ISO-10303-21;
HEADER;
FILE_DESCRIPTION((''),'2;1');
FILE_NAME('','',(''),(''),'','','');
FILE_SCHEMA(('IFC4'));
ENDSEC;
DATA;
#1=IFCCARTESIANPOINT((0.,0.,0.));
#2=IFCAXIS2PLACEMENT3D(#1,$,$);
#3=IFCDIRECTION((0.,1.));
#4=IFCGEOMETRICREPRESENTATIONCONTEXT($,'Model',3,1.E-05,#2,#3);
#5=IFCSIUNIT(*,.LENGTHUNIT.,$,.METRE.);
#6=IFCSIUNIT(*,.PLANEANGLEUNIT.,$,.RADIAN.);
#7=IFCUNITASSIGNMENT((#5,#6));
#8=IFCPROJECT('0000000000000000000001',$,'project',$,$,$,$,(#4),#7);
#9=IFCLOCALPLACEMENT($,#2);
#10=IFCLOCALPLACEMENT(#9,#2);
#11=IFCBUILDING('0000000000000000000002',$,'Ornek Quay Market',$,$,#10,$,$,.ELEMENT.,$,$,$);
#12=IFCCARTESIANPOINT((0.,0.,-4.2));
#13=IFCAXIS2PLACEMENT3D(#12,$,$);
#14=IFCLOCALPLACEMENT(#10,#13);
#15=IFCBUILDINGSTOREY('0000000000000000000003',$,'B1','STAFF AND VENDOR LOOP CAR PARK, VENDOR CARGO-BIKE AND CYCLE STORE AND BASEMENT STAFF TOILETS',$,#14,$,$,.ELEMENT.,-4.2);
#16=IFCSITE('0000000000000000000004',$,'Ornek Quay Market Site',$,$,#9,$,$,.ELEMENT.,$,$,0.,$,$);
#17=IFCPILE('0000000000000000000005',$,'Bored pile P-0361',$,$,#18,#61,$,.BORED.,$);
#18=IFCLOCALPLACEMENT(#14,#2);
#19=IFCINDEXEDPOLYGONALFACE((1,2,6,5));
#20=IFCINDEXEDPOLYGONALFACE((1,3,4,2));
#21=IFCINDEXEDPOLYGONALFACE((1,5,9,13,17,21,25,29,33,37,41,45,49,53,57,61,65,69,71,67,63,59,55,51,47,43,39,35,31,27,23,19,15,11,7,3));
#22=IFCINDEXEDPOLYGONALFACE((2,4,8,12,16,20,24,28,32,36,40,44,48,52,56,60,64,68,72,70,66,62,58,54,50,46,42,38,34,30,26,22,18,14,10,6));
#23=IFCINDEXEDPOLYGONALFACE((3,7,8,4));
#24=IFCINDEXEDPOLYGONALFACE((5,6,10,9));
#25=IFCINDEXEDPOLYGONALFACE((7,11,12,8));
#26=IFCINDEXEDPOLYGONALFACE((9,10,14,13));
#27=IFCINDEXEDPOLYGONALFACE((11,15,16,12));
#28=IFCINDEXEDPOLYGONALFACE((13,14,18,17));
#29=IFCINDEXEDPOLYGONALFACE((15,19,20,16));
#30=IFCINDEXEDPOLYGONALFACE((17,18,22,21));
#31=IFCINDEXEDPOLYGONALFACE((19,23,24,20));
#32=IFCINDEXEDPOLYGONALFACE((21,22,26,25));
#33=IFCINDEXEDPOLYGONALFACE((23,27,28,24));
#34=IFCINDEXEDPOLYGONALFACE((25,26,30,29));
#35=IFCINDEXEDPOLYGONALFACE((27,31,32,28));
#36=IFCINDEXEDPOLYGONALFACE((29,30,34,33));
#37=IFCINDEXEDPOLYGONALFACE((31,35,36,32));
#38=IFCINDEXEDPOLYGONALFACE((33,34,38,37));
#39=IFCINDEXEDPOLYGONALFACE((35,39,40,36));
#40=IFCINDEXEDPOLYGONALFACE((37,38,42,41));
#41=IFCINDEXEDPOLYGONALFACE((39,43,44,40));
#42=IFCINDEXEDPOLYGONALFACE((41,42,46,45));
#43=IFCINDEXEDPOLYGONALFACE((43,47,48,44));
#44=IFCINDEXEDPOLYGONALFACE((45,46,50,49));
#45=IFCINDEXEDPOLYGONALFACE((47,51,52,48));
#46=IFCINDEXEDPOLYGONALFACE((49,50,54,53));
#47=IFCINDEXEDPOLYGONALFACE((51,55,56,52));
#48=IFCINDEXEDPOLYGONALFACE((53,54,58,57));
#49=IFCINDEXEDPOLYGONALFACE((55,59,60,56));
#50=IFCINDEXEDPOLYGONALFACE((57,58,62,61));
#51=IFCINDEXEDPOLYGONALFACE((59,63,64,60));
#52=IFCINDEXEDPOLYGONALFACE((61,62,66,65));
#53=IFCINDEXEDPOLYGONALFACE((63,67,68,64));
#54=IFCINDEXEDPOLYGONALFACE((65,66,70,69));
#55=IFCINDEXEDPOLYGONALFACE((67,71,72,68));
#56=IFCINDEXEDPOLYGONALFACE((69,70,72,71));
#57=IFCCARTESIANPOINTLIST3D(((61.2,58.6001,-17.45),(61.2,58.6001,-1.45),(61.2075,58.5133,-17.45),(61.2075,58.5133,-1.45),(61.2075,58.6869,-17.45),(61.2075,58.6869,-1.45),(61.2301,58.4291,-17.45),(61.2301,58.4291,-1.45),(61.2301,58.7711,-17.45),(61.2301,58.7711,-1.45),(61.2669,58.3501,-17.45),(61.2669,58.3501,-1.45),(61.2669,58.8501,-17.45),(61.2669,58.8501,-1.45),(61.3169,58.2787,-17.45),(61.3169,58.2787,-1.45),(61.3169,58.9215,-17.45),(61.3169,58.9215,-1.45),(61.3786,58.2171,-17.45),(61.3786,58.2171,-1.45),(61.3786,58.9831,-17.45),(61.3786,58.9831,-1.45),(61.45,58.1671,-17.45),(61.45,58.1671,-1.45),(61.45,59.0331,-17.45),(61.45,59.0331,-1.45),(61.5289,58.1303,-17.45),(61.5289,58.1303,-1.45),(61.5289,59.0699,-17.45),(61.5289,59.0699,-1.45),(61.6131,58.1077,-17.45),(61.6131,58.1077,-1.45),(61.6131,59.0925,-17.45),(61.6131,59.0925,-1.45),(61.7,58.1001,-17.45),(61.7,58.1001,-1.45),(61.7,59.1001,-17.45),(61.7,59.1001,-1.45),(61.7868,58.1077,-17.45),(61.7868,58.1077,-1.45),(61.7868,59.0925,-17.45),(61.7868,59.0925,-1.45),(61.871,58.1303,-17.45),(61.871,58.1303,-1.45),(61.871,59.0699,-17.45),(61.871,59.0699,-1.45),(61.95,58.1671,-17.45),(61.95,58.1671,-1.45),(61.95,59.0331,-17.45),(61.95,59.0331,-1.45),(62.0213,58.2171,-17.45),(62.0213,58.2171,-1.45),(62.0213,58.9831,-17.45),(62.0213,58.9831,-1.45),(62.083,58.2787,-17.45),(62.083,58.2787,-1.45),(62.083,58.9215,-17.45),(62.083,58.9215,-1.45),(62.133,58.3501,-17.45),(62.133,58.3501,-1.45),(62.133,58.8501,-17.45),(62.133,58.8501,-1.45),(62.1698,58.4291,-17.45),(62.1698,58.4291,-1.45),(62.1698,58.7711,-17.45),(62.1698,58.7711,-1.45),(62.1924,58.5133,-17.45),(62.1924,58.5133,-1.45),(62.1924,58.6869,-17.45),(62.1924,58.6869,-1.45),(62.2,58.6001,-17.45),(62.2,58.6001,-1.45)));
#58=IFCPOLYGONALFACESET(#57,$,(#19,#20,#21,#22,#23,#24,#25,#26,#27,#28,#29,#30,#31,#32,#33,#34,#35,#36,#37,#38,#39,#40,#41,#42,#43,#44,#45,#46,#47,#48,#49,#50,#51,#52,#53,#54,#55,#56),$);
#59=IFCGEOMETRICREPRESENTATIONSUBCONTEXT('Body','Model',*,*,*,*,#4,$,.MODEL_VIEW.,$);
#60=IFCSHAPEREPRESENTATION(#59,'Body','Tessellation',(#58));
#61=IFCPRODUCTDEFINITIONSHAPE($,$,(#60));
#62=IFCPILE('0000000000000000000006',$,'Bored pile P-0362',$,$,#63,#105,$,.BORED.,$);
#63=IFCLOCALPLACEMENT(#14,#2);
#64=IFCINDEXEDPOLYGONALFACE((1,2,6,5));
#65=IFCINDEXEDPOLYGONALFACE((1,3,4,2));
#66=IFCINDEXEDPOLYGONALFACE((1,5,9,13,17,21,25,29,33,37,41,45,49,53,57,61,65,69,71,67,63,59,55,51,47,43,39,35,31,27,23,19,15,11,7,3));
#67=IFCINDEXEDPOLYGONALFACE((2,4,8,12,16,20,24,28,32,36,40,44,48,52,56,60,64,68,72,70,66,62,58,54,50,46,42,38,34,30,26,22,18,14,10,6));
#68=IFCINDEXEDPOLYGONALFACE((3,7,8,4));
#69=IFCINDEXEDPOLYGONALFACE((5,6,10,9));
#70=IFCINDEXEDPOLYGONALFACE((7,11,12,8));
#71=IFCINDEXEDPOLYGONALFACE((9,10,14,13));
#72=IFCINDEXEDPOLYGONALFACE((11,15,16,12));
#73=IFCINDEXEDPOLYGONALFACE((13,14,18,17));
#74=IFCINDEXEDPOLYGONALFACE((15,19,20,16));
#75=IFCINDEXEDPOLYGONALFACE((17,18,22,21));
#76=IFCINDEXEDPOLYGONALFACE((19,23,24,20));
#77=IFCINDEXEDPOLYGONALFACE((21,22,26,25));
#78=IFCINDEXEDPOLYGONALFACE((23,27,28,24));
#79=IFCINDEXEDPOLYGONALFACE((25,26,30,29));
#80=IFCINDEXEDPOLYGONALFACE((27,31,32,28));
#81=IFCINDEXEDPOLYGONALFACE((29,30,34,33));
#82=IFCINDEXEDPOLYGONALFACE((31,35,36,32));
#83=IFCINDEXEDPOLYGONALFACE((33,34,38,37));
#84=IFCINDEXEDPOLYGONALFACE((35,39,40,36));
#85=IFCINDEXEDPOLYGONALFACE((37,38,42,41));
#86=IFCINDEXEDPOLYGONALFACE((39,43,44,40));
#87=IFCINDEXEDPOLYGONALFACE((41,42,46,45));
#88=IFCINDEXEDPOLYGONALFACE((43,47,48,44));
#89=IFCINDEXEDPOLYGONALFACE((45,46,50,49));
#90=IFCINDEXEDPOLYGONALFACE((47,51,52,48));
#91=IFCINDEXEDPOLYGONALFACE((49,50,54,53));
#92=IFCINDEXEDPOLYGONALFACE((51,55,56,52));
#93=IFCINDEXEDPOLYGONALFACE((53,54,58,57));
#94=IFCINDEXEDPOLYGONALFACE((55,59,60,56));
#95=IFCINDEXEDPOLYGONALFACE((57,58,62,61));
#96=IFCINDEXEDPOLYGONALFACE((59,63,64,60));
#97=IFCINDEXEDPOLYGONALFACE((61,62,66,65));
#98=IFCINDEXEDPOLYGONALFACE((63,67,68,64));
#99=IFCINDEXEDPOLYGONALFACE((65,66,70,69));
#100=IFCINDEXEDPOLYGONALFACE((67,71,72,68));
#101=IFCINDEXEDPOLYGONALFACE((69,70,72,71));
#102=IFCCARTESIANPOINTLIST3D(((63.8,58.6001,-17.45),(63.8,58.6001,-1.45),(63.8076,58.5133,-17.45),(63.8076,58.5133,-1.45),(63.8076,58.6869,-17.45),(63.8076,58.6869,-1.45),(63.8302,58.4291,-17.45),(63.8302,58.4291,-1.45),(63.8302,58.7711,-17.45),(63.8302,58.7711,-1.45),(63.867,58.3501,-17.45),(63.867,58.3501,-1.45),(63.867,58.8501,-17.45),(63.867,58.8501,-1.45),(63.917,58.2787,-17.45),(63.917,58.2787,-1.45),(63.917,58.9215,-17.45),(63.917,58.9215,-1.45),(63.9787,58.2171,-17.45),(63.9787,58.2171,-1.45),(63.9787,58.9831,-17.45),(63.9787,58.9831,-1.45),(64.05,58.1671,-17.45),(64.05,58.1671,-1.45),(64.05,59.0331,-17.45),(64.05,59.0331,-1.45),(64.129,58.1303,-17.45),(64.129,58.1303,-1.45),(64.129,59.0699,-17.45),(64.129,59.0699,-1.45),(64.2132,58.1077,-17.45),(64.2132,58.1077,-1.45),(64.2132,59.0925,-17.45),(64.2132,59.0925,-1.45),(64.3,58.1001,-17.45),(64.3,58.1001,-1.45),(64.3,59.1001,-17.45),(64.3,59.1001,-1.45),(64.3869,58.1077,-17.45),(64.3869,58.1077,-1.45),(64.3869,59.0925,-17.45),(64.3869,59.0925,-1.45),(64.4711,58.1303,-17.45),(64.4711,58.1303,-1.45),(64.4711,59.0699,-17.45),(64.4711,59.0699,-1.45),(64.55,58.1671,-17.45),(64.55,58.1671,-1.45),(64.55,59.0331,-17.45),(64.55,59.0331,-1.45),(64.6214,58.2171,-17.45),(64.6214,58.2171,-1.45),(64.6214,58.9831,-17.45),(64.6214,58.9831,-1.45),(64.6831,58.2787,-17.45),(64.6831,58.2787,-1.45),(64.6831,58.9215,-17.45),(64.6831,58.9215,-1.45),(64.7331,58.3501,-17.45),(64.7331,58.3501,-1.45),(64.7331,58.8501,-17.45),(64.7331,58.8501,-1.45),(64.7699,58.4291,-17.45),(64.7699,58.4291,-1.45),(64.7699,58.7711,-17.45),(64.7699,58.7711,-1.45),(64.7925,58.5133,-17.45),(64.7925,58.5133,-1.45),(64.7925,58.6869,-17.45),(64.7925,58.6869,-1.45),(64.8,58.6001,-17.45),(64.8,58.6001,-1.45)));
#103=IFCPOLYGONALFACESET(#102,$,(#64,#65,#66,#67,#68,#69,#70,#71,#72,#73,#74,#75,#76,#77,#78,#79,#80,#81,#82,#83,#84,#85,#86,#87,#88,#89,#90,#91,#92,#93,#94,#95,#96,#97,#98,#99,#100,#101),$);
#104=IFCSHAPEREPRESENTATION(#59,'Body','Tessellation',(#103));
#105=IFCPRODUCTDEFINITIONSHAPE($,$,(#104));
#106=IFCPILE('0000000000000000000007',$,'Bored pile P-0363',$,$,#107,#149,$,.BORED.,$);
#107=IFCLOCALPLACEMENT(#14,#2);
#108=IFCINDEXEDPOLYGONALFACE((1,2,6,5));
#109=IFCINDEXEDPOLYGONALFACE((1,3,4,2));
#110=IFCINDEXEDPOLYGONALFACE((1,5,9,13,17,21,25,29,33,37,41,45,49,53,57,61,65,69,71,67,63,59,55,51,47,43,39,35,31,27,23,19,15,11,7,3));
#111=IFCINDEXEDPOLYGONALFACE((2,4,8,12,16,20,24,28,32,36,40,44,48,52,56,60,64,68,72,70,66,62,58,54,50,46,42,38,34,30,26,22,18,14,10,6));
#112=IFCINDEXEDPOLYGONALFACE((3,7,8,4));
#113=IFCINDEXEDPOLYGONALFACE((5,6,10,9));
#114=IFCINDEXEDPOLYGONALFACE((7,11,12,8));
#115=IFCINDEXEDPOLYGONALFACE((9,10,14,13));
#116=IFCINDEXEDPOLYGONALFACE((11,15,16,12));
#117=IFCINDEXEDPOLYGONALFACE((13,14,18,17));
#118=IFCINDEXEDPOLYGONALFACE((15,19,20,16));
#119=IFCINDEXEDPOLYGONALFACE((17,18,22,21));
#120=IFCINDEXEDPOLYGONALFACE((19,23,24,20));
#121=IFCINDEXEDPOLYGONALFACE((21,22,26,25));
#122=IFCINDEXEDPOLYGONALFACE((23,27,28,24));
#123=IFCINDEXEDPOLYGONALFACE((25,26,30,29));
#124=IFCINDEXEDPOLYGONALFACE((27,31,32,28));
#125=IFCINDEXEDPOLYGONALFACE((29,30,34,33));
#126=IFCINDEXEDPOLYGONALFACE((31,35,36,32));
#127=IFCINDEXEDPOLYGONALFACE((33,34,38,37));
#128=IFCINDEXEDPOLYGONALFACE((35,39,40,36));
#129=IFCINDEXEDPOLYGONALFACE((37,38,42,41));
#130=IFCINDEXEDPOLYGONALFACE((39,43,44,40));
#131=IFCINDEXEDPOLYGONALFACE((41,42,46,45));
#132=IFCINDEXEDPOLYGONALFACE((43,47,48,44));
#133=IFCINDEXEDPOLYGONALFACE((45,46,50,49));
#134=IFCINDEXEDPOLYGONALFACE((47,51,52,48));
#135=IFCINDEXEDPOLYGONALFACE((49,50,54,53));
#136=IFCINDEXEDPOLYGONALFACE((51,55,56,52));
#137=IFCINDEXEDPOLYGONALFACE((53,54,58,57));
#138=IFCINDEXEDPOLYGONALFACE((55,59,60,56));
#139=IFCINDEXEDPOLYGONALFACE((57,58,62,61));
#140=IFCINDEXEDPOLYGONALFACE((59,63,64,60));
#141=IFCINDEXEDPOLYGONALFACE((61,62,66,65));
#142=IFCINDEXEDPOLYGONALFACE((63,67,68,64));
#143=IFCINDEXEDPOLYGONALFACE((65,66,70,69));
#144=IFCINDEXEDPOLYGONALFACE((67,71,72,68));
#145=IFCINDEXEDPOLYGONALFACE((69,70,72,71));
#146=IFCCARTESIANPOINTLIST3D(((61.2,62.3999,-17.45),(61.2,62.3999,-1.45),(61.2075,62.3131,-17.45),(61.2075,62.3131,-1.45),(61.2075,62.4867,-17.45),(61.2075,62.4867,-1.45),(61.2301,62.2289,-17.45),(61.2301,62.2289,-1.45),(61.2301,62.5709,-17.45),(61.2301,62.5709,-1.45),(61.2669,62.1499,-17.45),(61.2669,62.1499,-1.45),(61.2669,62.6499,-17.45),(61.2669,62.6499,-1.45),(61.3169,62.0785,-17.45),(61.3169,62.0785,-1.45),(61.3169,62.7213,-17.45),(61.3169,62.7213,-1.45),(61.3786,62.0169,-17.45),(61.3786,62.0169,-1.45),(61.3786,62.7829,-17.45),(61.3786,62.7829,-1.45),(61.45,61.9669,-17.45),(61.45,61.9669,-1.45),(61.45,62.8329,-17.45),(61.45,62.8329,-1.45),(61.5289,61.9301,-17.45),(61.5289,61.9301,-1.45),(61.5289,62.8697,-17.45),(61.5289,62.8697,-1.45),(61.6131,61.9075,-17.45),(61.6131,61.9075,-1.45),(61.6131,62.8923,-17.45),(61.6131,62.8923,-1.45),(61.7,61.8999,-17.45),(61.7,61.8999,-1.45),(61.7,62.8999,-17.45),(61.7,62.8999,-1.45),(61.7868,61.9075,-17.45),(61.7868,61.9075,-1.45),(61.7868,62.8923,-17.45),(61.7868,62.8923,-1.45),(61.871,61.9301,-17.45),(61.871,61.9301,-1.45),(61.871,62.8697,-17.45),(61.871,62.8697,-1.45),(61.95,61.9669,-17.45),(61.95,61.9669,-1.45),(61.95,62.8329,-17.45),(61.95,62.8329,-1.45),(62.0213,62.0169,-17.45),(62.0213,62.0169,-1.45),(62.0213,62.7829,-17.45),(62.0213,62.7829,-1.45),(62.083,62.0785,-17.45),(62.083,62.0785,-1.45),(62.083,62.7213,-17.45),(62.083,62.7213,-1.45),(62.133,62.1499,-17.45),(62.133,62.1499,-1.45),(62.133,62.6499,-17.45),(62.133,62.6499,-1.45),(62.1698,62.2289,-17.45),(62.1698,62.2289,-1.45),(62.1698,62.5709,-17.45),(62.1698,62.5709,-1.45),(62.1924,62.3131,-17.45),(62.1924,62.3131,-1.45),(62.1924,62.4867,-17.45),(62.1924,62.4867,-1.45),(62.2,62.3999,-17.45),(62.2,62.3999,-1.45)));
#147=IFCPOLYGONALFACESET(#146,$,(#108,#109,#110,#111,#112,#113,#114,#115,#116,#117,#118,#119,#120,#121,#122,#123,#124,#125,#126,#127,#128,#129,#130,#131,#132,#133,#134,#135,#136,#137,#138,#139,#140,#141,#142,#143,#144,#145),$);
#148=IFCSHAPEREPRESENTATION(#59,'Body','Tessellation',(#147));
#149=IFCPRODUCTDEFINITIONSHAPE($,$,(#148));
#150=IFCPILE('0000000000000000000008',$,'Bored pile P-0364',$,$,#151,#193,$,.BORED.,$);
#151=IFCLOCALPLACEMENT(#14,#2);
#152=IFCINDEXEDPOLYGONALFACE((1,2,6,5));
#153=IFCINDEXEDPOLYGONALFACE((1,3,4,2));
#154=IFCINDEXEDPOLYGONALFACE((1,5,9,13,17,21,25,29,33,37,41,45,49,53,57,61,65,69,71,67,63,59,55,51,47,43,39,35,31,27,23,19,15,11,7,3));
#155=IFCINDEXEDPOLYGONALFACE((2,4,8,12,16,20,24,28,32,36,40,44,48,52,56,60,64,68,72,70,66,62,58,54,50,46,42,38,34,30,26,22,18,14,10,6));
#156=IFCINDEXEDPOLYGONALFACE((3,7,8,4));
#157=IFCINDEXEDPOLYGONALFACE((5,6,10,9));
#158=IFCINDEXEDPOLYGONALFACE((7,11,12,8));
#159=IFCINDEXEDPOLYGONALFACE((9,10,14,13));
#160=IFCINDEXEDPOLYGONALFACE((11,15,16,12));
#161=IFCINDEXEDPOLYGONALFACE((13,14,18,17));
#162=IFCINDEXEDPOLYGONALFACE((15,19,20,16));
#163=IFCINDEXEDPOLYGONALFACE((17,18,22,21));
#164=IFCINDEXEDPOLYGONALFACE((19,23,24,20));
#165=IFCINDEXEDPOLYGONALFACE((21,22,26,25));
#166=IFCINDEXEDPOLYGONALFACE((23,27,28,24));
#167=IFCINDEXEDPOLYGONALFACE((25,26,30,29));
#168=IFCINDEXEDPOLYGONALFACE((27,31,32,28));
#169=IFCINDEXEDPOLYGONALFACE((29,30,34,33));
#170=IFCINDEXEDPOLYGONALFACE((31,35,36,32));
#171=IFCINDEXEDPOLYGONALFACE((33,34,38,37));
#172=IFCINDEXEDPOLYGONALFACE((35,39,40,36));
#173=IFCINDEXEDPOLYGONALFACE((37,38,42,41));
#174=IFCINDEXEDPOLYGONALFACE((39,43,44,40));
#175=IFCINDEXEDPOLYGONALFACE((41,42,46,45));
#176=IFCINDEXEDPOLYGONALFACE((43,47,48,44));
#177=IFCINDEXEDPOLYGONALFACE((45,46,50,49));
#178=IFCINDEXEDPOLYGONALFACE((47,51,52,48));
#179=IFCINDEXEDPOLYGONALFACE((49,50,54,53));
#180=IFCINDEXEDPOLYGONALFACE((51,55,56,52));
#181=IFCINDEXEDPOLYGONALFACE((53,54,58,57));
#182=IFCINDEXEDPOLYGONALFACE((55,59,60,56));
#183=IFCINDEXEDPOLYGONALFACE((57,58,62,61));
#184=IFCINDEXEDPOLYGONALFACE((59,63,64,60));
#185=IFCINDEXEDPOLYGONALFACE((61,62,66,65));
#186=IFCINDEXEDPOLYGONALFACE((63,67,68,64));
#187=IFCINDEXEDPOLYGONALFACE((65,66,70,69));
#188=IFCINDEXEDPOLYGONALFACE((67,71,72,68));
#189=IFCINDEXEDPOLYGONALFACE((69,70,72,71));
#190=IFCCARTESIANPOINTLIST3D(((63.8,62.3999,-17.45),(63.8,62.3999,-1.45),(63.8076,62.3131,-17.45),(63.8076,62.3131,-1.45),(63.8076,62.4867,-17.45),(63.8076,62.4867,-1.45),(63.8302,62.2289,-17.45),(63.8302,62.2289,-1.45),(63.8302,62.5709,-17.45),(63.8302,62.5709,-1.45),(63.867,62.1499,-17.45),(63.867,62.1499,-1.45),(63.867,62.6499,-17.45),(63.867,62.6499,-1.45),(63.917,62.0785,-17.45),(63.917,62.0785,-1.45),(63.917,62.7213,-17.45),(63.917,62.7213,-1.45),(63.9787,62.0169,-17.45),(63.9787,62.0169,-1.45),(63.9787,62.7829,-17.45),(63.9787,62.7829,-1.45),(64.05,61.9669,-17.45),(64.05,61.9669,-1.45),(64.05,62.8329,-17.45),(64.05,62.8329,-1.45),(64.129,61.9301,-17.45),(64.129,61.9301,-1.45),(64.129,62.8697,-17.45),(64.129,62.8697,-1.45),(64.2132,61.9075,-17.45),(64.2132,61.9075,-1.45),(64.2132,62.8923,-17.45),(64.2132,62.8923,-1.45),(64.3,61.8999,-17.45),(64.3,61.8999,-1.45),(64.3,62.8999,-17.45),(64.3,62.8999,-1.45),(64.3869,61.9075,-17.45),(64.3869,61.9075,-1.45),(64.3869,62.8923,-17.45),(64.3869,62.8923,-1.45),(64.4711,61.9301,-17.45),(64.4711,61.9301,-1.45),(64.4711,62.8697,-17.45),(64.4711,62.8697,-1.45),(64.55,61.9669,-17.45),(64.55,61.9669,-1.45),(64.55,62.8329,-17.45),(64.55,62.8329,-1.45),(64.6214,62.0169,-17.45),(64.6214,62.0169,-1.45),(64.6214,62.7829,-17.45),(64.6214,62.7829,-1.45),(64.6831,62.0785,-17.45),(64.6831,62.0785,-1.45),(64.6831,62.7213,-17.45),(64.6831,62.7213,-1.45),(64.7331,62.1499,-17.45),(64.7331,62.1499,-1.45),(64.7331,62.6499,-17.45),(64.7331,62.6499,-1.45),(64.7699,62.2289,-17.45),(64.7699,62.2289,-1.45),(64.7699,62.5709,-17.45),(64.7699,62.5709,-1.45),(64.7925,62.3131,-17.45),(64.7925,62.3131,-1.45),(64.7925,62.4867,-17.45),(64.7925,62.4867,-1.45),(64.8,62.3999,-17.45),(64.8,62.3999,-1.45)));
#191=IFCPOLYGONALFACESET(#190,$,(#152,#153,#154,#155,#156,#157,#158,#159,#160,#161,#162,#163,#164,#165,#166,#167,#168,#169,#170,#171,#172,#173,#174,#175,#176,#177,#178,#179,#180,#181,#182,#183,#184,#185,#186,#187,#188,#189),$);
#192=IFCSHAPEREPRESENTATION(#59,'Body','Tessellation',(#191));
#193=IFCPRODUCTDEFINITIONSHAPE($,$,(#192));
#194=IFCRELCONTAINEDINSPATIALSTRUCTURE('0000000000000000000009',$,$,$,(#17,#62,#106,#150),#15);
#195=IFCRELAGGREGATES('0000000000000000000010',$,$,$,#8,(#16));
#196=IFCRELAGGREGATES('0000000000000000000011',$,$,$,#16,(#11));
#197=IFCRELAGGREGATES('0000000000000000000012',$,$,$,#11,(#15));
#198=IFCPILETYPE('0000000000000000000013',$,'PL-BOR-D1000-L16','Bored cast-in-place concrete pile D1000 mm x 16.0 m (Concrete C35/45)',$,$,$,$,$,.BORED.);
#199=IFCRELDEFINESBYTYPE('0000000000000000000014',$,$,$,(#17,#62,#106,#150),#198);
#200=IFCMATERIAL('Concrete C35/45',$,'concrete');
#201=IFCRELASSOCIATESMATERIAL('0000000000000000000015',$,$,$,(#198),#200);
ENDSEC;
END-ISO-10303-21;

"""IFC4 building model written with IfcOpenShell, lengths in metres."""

from ifc_helpers import new_model, si_unit, direction, frame, origin, origin_2d, place, context, subcontext, project, spatial, circle, extrude, material, material_profile, profile_set, type_object, element, save


model = new_model("IFC4")

# Units and contexts
model_context = context("Model", 3, precision=1e-05, world=origin(), true_north=direction((0.0, 1.0)))
body_context = subcontext(model_context, "Body", "Model", "MODEL_VIEW")
ifc_project = project(units=[si_unit("LENGTHUNIT", "METRE"), si_unit("PLANEANGLEUNIT", "RADIAN")], contexts=[model_context])

# Site, building, storey
site_placement = place(None, origin())
site = spatial("IfcSite", under=ifc_project, at=site_placement, Name="Ornek Quay Market Site", CompositionType="ELEMENT", RefElevation=0.0)
building_placement = place(site_placement, origin())
building = spatial("IfcBuilding", under=site, at=building_placement, Name="Ornek Quay Market", CompositionType="ELEMENT")
storey_placement = place(building_placement, frame((0.0, 0.0, -4.2)))
storey = spatial("IfcBuildingStorey", under=building, at=storey_placement, Name="B1", Description="STAFF AND VENDOR LOOP CAR PARK, VENDOR CARGO-BIKE AND CYCLE STORE AND BASEMENT STAFF TOILETS", CompositionType="ELEMENT", Elevation=-4.2)

# Piles
ifc_material_1 = material(Name="Concrete C35/45", Category="concrete")
ifc_material_profile_1 = material_profile(ifc_material_1, circle(Radius=0.5, at=origin_2d()), Name="PILE D1000", Category="concrete")
ifc_profile_set_1 = profile_set([ifc_material_profile_1], Name="Concrete C35/45")
pile_type_1 = type_object("IfcPileType", Name="PL-BOR-D1000-L16", Description="Bored cast-in-place concrete pile D1000 mm x 16.0 m (Concrete C35/45)", PredefinedType="BORED", material=ifc_profile_set_1)
for number, where, z_axis, x_axis, name in (
    (1, (61.7, 58.6001, -1.45), (0.0, 0.0, -1.0), (1.0, 0.0, 0.0), "Bored pile P-0361"),
    (2, (64.3, 58.6001, -1.45), (0.0, 0.0, -1.0), (1.0, 0.0, 0.0), "Bored pile P-0362"),
    (3, (61.7, 62.3999, -1.45), (0.0, 0.0, -1.0), (1.0, 0.0, 0.0), "Bored pile P-0363"),
    (4, (64.3, 62.3999, -1.45), (0.0, 0.0, -1.0), (1.0, 0.0, 0.0), "Bored pile P-0364"),
):
    element("IfcPile", number, at=place(storey_placement, frame(where, z_axis=z_axis, x_axis=x_axis)), inside=storey, type_object=pile_type_1, Name=name, PredefinedType="BORED", context=body_context, shape_type="SweptSolid", body=[
        extrude(circle(Radius=0.5, at=origin_2d()), origin(), (0.0, 0.0, 1.0), 16.0),
    ])

save(model, "model.ifc")
